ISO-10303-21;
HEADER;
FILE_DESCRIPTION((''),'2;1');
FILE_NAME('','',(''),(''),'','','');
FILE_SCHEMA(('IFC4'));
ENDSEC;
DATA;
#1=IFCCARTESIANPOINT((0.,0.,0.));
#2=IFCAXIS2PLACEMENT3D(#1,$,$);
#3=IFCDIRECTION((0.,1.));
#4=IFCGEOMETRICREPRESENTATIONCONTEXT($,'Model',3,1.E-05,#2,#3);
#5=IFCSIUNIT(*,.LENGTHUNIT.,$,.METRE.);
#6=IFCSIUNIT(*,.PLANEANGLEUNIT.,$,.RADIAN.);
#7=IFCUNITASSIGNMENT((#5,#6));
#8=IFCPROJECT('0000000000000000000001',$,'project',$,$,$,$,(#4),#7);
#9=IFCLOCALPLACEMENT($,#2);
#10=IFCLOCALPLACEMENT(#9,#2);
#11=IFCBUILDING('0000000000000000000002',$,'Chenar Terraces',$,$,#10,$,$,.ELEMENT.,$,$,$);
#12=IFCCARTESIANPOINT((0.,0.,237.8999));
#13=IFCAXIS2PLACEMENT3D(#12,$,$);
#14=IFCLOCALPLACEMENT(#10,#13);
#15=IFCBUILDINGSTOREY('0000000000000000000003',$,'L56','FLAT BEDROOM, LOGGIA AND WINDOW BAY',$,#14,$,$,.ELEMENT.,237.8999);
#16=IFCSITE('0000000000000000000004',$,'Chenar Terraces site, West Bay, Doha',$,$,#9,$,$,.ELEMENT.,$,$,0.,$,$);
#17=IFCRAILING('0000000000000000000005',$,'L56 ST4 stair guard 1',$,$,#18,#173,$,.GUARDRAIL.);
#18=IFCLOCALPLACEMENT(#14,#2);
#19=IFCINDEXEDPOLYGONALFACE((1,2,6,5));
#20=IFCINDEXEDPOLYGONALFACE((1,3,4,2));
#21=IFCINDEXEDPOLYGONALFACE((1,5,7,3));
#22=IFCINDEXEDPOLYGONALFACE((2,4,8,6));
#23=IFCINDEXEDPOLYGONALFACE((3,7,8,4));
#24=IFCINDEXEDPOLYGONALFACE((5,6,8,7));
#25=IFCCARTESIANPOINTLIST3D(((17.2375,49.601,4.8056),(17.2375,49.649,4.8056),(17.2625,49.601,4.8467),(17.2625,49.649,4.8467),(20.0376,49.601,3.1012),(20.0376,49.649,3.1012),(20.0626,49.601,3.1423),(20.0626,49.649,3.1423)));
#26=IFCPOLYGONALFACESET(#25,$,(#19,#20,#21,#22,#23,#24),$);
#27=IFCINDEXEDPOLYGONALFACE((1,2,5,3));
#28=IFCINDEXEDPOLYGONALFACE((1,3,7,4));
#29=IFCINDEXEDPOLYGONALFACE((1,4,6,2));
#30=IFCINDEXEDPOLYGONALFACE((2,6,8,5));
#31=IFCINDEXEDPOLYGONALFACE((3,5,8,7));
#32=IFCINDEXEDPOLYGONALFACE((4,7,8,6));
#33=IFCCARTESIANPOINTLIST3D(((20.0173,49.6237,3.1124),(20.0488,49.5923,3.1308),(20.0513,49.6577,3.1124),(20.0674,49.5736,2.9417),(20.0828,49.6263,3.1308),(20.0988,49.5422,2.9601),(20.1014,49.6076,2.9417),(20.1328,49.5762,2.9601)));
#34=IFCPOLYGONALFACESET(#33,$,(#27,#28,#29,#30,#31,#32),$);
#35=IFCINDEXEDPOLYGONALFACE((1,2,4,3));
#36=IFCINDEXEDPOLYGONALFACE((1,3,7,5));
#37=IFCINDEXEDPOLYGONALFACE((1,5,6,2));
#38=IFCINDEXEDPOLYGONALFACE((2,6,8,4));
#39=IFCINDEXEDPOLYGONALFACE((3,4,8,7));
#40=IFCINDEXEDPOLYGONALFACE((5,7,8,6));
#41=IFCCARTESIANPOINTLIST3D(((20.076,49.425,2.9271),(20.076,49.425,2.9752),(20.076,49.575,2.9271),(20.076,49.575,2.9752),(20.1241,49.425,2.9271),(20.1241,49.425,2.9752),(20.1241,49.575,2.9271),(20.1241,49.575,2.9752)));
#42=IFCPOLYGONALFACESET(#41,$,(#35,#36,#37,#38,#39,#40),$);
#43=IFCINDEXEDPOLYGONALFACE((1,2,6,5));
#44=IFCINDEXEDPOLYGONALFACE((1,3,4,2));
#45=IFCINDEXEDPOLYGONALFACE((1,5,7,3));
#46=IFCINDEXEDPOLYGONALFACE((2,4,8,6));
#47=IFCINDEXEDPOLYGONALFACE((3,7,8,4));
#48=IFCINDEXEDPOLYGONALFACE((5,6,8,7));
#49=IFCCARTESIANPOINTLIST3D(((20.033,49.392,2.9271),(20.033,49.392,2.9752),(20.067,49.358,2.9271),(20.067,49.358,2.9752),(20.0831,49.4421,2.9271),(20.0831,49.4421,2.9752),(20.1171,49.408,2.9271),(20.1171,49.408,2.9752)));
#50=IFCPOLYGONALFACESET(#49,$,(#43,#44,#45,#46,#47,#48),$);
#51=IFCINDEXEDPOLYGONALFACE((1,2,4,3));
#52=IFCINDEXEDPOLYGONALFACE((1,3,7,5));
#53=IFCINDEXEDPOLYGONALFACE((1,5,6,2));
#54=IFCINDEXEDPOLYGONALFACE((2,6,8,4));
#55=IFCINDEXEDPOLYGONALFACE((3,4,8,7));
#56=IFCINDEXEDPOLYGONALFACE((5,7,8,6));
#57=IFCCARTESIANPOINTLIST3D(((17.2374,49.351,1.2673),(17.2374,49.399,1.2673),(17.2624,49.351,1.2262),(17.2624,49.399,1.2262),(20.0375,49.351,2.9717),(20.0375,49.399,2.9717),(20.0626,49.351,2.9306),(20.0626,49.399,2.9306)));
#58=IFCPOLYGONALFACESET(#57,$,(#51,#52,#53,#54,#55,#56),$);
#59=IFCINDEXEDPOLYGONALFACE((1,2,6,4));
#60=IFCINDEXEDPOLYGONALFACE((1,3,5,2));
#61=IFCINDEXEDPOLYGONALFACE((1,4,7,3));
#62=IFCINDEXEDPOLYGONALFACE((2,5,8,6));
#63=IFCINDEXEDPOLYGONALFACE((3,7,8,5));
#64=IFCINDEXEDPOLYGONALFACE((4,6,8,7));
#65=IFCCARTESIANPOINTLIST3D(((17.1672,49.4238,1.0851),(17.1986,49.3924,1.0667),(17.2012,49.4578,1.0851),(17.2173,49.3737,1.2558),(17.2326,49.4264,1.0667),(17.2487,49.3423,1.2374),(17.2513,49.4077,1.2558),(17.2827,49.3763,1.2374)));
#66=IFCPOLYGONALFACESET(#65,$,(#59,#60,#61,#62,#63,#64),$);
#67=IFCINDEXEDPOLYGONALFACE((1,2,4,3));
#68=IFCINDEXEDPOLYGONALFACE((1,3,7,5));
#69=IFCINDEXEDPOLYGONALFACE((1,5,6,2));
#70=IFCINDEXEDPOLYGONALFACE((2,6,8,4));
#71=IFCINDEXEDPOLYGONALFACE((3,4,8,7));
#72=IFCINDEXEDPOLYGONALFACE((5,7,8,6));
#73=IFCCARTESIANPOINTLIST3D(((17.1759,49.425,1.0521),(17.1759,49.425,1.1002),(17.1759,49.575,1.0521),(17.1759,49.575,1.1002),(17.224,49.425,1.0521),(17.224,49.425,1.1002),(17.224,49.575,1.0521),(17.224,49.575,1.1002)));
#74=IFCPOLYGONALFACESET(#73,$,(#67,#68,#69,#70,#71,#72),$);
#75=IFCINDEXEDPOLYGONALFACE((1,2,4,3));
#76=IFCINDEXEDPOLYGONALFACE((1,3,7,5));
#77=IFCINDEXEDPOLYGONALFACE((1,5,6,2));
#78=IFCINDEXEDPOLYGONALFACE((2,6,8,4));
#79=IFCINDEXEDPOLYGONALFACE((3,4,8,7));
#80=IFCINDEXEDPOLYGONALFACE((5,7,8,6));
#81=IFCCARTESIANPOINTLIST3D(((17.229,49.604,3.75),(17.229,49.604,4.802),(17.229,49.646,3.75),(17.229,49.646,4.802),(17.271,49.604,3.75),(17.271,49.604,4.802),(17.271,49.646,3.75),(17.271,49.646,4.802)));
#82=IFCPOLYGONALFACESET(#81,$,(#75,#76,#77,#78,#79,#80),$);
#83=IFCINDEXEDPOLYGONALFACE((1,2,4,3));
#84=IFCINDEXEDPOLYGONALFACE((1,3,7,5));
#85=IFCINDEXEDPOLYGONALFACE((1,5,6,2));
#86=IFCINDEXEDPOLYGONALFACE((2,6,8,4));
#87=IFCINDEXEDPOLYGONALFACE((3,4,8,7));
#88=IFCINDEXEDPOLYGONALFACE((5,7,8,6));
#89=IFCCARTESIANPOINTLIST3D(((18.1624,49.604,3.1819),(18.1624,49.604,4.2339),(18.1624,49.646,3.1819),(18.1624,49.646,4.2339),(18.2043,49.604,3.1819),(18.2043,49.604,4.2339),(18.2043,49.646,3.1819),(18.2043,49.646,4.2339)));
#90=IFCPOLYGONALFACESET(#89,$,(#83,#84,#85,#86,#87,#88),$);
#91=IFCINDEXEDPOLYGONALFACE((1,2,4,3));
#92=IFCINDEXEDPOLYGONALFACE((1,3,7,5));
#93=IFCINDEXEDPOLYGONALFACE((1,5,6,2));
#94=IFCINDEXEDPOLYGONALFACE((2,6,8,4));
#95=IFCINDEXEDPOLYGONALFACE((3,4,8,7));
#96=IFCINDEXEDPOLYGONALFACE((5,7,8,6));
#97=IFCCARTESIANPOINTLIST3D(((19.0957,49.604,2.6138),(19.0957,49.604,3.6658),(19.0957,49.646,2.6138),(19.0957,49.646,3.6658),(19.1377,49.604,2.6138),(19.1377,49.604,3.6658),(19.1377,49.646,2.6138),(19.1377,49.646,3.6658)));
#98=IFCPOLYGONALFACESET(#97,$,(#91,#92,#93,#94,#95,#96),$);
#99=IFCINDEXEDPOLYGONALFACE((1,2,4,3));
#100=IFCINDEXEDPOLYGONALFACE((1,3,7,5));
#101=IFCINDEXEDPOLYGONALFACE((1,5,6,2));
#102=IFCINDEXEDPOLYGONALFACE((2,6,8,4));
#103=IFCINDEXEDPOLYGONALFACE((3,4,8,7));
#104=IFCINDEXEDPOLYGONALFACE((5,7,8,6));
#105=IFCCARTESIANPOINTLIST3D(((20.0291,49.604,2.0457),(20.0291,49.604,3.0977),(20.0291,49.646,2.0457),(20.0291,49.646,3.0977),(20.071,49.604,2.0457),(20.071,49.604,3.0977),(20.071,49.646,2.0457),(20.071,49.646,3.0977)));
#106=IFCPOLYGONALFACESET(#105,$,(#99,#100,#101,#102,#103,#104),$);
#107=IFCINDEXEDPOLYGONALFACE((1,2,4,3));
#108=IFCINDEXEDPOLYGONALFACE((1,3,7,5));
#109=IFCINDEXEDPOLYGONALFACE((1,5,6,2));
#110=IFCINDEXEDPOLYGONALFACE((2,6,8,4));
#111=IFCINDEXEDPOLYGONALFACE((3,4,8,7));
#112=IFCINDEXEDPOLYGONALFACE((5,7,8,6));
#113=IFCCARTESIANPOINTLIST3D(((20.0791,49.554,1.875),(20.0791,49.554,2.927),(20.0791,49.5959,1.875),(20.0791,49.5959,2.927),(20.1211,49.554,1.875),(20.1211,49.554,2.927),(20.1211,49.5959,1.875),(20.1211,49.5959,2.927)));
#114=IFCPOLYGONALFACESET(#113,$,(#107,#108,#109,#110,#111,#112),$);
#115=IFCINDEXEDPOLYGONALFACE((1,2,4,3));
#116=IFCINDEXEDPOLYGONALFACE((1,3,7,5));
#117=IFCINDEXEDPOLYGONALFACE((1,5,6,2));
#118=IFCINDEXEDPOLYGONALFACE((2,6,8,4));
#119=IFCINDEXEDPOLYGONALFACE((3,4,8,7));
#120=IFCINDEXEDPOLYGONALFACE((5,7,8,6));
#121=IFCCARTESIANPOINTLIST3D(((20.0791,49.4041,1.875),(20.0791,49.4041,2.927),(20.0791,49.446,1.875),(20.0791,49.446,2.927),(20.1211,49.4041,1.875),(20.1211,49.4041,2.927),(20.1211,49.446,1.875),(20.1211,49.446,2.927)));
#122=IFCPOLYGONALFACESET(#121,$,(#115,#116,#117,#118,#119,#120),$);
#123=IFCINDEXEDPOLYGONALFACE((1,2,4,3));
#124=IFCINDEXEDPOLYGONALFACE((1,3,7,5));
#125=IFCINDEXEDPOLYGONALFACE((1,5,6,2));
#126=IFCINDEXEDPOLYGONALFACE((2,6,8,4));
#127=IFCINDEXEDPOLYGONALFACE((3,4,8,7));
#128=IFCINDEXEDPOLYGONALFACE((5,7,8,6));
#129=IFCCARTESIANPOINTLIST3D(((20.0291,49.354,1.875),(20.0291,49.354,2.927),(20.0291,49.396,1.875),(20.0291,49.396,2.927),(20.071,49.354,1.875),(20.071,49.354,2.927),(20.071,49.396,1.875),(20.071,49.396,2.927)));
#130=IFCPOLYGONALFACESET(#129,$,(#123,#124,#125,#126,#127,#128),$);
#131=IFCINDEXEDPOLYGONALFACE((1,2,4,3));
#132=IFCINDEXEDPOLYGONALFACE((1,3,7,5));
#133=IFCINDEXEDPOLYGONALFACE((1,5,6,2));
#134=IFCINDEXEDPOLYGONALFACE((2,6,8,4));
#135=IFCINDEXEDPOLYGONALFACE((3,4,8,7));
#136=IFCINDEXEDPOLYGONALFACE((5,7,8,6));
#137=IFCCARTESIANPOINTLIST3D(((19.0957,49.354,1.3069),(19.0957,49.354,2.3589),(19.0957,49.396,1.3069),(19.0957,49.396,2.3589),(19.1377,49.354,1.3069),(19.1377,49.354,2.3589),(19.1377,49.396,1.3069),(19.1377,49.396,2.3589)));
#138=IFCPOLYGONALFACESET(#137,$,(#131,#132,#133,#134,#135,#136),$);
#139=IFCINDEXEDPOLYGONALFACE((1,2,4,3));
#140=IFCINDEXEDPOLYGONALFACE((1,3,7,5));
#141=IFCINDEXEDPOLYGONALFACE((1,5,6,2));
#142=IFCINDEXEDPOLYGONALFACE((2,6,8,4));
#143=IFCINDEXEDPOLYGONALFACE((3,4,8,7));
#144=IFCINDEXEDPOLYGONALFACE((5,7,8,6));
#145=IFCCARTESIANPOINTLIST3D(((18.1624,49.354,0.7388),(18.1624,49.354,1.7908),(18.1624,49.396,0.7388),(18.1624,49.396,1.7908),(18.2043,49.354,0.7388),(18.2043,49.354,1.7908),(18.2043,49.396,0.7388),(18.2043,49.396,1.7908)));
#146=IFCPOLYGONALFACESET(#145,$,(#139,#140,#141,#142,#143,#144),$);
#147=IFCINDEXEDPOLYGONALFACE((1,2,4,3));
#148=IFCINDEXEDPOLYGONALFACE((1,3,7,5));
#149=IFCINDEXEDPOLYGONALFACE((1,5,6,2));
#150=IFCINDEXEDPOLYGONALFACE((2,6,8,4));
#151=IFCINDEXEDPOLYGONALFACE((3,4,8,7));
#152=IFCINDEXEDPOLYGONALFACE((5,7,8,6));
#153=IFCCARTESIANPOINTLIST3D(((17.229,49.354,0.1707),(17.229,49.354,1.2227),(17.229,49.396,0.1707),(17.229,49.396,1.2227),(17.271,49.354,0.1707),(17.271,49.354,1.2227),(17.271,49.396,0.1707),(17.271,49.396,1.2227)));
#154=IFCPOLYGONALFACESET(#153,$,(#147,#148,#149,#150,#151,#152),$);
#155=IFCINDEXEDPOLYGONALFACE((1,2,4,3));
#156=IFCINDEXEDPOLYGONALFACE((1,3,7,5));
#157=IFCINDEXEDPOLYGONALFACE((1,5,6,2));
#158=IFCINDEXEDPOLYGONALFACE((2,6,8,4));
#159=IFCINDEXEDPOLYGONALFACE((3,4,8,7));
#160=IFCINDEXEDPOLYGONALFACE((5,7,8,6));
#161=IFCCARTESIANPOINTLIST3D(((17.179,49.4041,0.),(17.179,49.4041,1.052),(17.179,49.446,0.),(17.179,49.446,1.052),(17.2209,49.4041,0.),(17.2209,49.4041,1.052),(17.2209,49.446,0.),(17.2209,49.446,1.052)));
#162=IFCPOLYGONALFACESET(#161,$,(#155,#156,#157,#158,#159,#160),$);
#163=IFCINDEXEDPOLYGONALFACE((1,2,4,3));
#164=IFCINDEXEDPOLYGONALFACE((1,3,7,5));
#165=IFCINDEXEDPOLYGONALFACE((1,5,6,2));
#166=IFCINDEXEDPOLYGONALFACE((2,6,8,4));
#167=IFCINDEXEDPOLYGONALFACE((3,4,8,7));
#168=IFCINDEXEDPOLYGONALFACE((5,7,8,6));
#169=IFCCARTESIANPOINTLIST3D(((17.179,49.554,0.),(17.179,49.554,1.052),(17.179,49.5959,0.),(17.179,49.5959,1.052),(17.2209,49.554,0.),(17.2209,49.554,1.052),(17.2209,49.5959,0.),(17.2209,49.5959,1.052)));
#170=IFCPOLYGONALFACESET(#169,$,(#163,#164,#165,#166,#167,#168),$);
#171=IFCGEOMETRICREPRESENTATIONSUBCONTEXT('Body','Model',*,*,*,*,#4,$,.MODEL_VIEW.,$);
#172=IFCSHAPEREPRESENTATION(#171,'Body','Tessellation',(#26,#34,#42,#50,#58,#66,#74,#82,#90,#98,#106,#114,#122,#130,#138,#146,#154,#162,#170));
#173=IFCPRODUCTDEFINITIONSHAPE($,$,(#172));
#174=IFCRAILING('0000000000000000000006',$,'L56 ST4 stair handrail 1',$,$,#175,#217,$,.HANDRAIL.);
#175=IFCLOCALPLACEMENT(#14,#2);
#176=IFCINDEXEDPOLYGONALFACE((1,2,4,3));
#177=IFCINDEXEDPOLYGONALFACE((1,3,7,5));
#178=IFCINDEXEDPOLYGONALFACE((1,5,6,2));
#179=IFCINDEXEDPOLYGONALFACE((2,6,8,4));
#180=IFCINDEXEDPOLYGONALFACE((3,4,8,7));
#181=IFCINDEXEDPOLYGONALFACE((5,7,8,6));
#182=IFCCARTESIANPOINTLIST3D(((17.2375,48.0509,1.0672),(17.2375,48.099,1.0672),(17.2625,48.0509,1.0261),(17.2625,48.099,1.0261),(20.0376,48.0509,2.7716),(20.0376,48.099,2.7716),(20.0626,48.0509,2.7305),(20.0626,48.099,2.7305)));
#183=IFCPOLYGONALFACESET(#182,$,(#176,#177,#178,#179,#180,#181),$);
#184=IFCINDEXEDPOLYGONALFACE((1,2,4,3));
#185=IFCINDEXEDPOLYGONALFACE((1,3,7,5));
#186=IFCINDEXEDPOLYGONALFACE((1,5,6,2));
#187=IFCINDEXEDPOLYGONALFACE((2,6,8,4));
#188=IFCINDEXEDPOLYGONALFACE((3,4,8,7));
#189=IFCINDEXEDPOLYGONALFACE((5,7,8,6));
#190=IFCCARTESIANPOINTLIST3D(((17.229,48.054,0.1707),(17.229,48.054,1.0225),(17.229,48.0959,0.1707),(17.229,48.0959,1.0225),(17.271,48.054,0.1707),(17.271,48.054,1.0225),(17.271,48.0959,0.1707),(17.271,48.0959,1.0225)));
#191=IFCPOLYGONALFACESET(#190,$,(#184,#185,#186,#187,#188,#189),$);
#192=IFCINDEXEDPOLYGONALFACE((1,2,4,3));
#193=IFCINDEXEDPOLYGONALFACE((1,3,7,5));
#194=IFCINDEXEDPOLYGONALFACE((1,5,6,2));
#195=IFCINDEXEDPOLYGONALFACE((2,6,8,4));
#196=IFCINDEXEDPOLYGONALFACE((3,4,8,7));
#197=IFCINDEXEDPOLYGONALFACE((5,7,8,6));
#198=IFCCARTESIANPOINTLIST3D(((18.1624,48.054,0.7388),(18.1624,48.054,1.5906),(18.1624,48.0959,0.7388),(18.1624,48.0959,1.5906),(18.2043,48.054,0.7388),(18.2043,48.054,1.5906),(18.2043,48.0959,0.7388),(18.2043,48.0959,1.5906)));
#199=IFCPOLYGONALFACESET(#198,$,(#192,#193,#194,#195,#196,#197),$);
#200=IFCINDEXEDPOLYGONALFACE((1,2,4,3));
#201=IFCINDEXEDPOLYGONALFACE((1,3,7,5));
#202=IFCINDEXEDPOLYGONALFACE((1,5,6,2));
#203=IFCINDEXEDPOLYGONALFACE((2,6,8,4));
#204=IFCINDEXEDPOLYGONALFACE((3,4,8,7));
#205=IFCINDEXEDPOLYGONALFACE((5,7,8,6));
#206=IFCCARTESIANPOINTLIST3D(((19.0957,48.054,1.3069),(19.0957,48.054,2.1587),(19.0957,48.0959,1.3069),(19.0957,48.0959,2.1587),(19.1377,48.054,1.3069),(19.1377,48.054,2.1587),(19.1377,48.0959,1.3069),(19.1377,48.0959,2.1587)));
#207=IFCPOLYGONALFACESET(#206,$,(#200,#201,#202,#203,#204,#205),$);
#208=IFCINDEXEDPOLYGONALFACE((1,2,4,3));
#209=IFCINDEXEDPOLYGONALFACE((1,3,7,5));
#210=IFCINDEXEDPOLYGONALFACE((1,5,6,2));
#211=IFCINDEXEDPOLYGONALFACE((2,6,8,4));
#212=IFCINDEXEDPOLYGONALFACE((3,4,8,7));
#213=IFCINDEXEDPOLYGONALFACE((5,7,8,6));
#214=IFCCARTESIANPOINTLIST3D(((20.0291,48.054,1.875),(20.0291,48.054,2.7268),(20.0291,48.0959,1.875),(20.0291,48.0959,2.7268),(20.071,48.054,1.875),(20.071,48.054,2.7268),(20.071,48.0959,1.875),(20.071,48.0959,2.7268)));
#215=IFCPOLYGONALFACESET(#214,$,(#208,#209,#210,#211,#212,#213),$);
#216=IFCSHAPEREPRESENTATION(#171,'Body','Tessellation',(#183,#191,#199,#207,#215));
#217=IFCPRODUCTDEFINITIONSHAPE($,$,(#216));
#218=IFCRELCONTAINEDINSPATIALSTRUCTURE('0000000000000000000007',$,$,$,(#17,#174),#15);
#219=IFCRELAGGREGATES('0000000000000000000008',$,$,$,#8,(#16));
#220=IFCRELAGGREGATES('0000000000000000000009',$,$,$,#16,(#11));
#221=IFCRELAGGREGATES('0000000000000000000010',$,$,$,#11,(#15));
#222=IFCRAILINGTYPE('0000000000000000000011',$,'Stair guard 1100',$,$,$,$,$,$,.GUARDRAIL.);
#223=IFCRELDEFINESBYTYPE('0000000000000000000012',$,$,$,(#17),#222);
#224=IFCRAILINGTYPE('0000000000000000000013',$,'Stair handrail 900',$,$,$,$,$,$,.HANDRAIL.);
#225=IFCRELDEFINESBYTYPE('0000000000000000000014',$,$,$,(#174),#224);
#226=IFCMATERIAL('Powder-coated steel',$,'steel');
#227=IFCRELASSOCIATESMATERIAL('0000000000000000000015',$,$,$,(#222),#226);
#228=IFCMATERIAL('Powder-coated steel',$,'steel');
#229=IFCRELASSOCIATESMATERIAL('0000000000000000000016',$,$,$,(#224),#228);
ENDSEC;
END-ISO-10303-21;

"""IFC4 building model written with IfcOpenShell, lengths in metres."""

from ifc_helpers import new_model, si_unit, direction, frame, origin, origin_2d, place, context, subcontext, project, spatial, rectangle, extrude, material, type_object, element, save


model = new_model("IFC4")

# Units and contexts
model_context = context("Model", 3, precision=1e-05, world=origin(), true_north=direction((0.0, 1.0)))
body_context = subcontext(model_context, "Body", "Model", "MODEL_VIEW")
ifc_project = project(units=[si_unit("LENGTHUNIT", "METRE"), si_unit("PLANEANGLEUNIT", "RADIAN")], contexts=[model_context])

# Site, building, storey
site_placement = place(None, origin())
site = spatial("IfcSite", under=ifc_project, at=site_placement, Name="Chenar Terraces site, West Bay, Doha", CompositionType="ELEMENT", RefElevation=0.0)
building_placement = place(site_placement, origin())
building = spatial("IfcBuilding", under=site, at=building_placement, Name="Chenar Terraces", CompositionType="ELEMENT")
storey_placement = place(building_placement, frame((0.0, 0.0, 237.8999)))
storey = spatial("IfcBuildingStorey", under=building, at=storey_placement, Name="L56", Description="FLAT BEDROOM, LOGGIA AND WINDOW BAY", CompositionType="ELEMENT", Elevation=237.8999)

# Railings
ifc_material_1 = material(Name="Powder-coated steel", Category="steel")
railing_type_1 = type_object("IfcRailingType", Name="Stair guard 1100", PredefinedType="GUARDRAIL", material=ifc_material_1)
railing_1_placement = place(storey_placement, frame((17.25, 49.625, 3.75)))
element("IfcRailing", 1, at=railing_1_placement, inside=storey, type_object=railing_type_1, Name="L56 ST4 stair guard 1", PredefinedType="GUARDRAIL", context=body_context, shape_type="SweptSolid", body=[
    extrude(rectangle(XDim=0.0481, YDim=0.0481, at=origin_2d()), frame((0.0, 0.0, 1.0762), z_axis=(0.854203, 0.0, -0.51994), x_axis=(0.0, 1.0, 0.0)), (0.0, 0.0, 1.0), 3.2781),
    extrude(rectangle(XDim=0.0481, YDim=0.0481, at=origin_2d()), frame((2.8, 0.0, -0.6284), z_axis=(0.2709, -0.2709, -0.923703), x_axis=(0.707107, 0.707107, 0.0)), (0.0, 0.0, 1.0), 0.1848),
    extrude(rectangle(XDim=0.0481, YDim=0.0481, at=origin_2d()), frame((2.8501, -0.05, -0.7988), z_axis=(0.0, -1.0, 0.0), x_axis=(1.0, 0.0, 0.0)), (0.0, 0.0, 1.0), 0.1499),
    extrude(rectangle(XDim=0.0481, YDim=0.0481, at=origin_2d()), frame((2.8501, -0.2, -0.7988), z_axis=(-0.707107, -0.707107, 0.0), x_axis=(0.707107, -0.707107, 0.0)), (0.0, 0.0, 1.0), 0.0708),
    extrude(rectangle(XDim=0.0481, YDim=0.0481, at=origin_2d()), frame((2.8, -0.25, -0.7988), z_axis=(-0.854203, 0.0, -0.51994), x_axis=(0.0, -1.0, 0.0)), (0.0, 0.0, 1.0), 3.2781),
    extrude(rectangle(XDim=0.0481, YDim=0.0481, at=origin_2d()), frame((0.0, -0.25, -2.5034), z_axis=(-0.2709, 0.2709, -0.923703), x_axis=(-0.707107, -0.707107, 0.0)), (0.0, 0.0, 1.0), 0.1848),
    extrude(rectangle(XDim=0.0481, YDim=0.0481, at=origin_2d()), frame((-0.05, -0.2, -2.6738), z_axis=(0.0, 1.0, 0.0), x_axis=(-1.0, 0.0, 0.0)), (0.0, 0.0, 1.0), 0.1499),
    extrude(rectangle(XDim=0.042, YDim=0.042, at=origin_2d()), origin(), (0.0, 0.0, 1.0), 1.052),
    extrude(rectangle(XDim=0.042, YDim=0.042, at=origin_2d()), frame((0.9333, 0.0, -0.5681)), (0.0, 0.0, 1.0), 1.052),
    extrude(rectangle(XDim=0.042, YDim=0.042, at=origin_2d()), frame((1.8667, 0.0, -1.1362)), (0.0, 0.0, 1.0), 1.052),
    extrude(rectangle(XDim=0.042, YDim=0.042, at=origin_2d()), frame((2.8, 0.0, -1.7043)), (0.0, 0.0, 1.0), 1.052),
    extrude(rectangle(XDim=0.042, YDim=0.042, at=origin_2d()), frame((2.8501, -0.05, -1.875)), (0.0, 0.0, 1.0), 1.052),
    extrude(rectangle(XDim=0.042, YDim=0.042, at=origin_2d()), frame((2.8501, -0.2, -1.875)), (0.0, 0.0, 1.0), 1.052),
    extrude(rectangle(XDim=0.042, YDim=0.042, at=origin_2d()), frame((2.8, -0.25, -1.875)), (0.0, 0.0, 1.0), 1.052),
    extrude(rectangle(XDim=0.042, YDim=0.042, at=origin_2d()), frame((1.8667, -0.25, -2.4431)), (0.0, 0.0, 1.0), 1.052),
    extrude(rectangle(XDim=0.042, YDim=0.042, at=origin_2d()), frame((0.9333, -0.25, -3.0112)), (0.0, 0.0, 1.0), 1.052),
    extrude(rectangle(XDim=0.042, YDim=0.042, at=origin_2d()), frame((0.0, -0.25, -3.5793)), (0.0, 0.0, 1.0), 1.052),
    extrude(rectangle(XDim=0.042, YDim=0.042, at=origin_2d()), frame((-0.05, -0.2, -3.75)), (0.0, 0.0, 1.0), 1.052),
    extrude(rectangle(XDim=0.042, YDim=0.042, at=origin_2d()), frame((-0.05, -0.05, -3.75)), (0.0, 0.0, 1.0), 1.052),
])
ifc_material_2 = material(Name="Powder-coated steel", Category="steel")
railing_type_2 = type_object("IfcRailingType", Name="Stair handrail 900", PredefinedType="HANDRAIL", material=ifc_material_2)
railing_2_placement = place(storey_placement, frame((17.25, 48.075, 0.1707)))
element("IfcRailing", 2, at=railing_2_placement, inside=storey, type_object=railing_type_2, Name="L56 ST4 stair handrail 1", PredefinedType="HANDRAIL", context=body_context, shape_type="SweptSolid", body=[
    extrude(rectangle(XDim=0.0481, YDim=0.0481, at=origin_2d()), frame((0.0, 0.0, 0.876), z_axis=(0.854203, 0.0, 0.51994), x_axis=(0.0, 1.0, 0.0)), (0.0, 0.0, 1.0), 3.2781),
    extrude(rectangle(XDim=0.042, YDim=0.042, at=origin_2d()), origin(), (0.0, 0.0, 1.0), 0.8518),
    extrude(rectangle(XDim=0.042, YDim=0.042, at=origin_2d()), frame((0.9333, 0.0, 0.5681)), (0.0, 0.0, 1.0), 0.8518),
    extrude(rectangle(XDim=0.042, YDim=0.042, at=origin_2d()), frame((1.8667, 0.0, 1.1362)), (0.0, 0.0, 1.0), 0.8518),
    extrude(rectangle(XDim=0.042, YDim=0.042, at=origin_2d()), frame((2.8, 0.0, 1.7043)), (0.0, 0.0, 1.0), 0.8518),
])

save(model, "model.ifc")
